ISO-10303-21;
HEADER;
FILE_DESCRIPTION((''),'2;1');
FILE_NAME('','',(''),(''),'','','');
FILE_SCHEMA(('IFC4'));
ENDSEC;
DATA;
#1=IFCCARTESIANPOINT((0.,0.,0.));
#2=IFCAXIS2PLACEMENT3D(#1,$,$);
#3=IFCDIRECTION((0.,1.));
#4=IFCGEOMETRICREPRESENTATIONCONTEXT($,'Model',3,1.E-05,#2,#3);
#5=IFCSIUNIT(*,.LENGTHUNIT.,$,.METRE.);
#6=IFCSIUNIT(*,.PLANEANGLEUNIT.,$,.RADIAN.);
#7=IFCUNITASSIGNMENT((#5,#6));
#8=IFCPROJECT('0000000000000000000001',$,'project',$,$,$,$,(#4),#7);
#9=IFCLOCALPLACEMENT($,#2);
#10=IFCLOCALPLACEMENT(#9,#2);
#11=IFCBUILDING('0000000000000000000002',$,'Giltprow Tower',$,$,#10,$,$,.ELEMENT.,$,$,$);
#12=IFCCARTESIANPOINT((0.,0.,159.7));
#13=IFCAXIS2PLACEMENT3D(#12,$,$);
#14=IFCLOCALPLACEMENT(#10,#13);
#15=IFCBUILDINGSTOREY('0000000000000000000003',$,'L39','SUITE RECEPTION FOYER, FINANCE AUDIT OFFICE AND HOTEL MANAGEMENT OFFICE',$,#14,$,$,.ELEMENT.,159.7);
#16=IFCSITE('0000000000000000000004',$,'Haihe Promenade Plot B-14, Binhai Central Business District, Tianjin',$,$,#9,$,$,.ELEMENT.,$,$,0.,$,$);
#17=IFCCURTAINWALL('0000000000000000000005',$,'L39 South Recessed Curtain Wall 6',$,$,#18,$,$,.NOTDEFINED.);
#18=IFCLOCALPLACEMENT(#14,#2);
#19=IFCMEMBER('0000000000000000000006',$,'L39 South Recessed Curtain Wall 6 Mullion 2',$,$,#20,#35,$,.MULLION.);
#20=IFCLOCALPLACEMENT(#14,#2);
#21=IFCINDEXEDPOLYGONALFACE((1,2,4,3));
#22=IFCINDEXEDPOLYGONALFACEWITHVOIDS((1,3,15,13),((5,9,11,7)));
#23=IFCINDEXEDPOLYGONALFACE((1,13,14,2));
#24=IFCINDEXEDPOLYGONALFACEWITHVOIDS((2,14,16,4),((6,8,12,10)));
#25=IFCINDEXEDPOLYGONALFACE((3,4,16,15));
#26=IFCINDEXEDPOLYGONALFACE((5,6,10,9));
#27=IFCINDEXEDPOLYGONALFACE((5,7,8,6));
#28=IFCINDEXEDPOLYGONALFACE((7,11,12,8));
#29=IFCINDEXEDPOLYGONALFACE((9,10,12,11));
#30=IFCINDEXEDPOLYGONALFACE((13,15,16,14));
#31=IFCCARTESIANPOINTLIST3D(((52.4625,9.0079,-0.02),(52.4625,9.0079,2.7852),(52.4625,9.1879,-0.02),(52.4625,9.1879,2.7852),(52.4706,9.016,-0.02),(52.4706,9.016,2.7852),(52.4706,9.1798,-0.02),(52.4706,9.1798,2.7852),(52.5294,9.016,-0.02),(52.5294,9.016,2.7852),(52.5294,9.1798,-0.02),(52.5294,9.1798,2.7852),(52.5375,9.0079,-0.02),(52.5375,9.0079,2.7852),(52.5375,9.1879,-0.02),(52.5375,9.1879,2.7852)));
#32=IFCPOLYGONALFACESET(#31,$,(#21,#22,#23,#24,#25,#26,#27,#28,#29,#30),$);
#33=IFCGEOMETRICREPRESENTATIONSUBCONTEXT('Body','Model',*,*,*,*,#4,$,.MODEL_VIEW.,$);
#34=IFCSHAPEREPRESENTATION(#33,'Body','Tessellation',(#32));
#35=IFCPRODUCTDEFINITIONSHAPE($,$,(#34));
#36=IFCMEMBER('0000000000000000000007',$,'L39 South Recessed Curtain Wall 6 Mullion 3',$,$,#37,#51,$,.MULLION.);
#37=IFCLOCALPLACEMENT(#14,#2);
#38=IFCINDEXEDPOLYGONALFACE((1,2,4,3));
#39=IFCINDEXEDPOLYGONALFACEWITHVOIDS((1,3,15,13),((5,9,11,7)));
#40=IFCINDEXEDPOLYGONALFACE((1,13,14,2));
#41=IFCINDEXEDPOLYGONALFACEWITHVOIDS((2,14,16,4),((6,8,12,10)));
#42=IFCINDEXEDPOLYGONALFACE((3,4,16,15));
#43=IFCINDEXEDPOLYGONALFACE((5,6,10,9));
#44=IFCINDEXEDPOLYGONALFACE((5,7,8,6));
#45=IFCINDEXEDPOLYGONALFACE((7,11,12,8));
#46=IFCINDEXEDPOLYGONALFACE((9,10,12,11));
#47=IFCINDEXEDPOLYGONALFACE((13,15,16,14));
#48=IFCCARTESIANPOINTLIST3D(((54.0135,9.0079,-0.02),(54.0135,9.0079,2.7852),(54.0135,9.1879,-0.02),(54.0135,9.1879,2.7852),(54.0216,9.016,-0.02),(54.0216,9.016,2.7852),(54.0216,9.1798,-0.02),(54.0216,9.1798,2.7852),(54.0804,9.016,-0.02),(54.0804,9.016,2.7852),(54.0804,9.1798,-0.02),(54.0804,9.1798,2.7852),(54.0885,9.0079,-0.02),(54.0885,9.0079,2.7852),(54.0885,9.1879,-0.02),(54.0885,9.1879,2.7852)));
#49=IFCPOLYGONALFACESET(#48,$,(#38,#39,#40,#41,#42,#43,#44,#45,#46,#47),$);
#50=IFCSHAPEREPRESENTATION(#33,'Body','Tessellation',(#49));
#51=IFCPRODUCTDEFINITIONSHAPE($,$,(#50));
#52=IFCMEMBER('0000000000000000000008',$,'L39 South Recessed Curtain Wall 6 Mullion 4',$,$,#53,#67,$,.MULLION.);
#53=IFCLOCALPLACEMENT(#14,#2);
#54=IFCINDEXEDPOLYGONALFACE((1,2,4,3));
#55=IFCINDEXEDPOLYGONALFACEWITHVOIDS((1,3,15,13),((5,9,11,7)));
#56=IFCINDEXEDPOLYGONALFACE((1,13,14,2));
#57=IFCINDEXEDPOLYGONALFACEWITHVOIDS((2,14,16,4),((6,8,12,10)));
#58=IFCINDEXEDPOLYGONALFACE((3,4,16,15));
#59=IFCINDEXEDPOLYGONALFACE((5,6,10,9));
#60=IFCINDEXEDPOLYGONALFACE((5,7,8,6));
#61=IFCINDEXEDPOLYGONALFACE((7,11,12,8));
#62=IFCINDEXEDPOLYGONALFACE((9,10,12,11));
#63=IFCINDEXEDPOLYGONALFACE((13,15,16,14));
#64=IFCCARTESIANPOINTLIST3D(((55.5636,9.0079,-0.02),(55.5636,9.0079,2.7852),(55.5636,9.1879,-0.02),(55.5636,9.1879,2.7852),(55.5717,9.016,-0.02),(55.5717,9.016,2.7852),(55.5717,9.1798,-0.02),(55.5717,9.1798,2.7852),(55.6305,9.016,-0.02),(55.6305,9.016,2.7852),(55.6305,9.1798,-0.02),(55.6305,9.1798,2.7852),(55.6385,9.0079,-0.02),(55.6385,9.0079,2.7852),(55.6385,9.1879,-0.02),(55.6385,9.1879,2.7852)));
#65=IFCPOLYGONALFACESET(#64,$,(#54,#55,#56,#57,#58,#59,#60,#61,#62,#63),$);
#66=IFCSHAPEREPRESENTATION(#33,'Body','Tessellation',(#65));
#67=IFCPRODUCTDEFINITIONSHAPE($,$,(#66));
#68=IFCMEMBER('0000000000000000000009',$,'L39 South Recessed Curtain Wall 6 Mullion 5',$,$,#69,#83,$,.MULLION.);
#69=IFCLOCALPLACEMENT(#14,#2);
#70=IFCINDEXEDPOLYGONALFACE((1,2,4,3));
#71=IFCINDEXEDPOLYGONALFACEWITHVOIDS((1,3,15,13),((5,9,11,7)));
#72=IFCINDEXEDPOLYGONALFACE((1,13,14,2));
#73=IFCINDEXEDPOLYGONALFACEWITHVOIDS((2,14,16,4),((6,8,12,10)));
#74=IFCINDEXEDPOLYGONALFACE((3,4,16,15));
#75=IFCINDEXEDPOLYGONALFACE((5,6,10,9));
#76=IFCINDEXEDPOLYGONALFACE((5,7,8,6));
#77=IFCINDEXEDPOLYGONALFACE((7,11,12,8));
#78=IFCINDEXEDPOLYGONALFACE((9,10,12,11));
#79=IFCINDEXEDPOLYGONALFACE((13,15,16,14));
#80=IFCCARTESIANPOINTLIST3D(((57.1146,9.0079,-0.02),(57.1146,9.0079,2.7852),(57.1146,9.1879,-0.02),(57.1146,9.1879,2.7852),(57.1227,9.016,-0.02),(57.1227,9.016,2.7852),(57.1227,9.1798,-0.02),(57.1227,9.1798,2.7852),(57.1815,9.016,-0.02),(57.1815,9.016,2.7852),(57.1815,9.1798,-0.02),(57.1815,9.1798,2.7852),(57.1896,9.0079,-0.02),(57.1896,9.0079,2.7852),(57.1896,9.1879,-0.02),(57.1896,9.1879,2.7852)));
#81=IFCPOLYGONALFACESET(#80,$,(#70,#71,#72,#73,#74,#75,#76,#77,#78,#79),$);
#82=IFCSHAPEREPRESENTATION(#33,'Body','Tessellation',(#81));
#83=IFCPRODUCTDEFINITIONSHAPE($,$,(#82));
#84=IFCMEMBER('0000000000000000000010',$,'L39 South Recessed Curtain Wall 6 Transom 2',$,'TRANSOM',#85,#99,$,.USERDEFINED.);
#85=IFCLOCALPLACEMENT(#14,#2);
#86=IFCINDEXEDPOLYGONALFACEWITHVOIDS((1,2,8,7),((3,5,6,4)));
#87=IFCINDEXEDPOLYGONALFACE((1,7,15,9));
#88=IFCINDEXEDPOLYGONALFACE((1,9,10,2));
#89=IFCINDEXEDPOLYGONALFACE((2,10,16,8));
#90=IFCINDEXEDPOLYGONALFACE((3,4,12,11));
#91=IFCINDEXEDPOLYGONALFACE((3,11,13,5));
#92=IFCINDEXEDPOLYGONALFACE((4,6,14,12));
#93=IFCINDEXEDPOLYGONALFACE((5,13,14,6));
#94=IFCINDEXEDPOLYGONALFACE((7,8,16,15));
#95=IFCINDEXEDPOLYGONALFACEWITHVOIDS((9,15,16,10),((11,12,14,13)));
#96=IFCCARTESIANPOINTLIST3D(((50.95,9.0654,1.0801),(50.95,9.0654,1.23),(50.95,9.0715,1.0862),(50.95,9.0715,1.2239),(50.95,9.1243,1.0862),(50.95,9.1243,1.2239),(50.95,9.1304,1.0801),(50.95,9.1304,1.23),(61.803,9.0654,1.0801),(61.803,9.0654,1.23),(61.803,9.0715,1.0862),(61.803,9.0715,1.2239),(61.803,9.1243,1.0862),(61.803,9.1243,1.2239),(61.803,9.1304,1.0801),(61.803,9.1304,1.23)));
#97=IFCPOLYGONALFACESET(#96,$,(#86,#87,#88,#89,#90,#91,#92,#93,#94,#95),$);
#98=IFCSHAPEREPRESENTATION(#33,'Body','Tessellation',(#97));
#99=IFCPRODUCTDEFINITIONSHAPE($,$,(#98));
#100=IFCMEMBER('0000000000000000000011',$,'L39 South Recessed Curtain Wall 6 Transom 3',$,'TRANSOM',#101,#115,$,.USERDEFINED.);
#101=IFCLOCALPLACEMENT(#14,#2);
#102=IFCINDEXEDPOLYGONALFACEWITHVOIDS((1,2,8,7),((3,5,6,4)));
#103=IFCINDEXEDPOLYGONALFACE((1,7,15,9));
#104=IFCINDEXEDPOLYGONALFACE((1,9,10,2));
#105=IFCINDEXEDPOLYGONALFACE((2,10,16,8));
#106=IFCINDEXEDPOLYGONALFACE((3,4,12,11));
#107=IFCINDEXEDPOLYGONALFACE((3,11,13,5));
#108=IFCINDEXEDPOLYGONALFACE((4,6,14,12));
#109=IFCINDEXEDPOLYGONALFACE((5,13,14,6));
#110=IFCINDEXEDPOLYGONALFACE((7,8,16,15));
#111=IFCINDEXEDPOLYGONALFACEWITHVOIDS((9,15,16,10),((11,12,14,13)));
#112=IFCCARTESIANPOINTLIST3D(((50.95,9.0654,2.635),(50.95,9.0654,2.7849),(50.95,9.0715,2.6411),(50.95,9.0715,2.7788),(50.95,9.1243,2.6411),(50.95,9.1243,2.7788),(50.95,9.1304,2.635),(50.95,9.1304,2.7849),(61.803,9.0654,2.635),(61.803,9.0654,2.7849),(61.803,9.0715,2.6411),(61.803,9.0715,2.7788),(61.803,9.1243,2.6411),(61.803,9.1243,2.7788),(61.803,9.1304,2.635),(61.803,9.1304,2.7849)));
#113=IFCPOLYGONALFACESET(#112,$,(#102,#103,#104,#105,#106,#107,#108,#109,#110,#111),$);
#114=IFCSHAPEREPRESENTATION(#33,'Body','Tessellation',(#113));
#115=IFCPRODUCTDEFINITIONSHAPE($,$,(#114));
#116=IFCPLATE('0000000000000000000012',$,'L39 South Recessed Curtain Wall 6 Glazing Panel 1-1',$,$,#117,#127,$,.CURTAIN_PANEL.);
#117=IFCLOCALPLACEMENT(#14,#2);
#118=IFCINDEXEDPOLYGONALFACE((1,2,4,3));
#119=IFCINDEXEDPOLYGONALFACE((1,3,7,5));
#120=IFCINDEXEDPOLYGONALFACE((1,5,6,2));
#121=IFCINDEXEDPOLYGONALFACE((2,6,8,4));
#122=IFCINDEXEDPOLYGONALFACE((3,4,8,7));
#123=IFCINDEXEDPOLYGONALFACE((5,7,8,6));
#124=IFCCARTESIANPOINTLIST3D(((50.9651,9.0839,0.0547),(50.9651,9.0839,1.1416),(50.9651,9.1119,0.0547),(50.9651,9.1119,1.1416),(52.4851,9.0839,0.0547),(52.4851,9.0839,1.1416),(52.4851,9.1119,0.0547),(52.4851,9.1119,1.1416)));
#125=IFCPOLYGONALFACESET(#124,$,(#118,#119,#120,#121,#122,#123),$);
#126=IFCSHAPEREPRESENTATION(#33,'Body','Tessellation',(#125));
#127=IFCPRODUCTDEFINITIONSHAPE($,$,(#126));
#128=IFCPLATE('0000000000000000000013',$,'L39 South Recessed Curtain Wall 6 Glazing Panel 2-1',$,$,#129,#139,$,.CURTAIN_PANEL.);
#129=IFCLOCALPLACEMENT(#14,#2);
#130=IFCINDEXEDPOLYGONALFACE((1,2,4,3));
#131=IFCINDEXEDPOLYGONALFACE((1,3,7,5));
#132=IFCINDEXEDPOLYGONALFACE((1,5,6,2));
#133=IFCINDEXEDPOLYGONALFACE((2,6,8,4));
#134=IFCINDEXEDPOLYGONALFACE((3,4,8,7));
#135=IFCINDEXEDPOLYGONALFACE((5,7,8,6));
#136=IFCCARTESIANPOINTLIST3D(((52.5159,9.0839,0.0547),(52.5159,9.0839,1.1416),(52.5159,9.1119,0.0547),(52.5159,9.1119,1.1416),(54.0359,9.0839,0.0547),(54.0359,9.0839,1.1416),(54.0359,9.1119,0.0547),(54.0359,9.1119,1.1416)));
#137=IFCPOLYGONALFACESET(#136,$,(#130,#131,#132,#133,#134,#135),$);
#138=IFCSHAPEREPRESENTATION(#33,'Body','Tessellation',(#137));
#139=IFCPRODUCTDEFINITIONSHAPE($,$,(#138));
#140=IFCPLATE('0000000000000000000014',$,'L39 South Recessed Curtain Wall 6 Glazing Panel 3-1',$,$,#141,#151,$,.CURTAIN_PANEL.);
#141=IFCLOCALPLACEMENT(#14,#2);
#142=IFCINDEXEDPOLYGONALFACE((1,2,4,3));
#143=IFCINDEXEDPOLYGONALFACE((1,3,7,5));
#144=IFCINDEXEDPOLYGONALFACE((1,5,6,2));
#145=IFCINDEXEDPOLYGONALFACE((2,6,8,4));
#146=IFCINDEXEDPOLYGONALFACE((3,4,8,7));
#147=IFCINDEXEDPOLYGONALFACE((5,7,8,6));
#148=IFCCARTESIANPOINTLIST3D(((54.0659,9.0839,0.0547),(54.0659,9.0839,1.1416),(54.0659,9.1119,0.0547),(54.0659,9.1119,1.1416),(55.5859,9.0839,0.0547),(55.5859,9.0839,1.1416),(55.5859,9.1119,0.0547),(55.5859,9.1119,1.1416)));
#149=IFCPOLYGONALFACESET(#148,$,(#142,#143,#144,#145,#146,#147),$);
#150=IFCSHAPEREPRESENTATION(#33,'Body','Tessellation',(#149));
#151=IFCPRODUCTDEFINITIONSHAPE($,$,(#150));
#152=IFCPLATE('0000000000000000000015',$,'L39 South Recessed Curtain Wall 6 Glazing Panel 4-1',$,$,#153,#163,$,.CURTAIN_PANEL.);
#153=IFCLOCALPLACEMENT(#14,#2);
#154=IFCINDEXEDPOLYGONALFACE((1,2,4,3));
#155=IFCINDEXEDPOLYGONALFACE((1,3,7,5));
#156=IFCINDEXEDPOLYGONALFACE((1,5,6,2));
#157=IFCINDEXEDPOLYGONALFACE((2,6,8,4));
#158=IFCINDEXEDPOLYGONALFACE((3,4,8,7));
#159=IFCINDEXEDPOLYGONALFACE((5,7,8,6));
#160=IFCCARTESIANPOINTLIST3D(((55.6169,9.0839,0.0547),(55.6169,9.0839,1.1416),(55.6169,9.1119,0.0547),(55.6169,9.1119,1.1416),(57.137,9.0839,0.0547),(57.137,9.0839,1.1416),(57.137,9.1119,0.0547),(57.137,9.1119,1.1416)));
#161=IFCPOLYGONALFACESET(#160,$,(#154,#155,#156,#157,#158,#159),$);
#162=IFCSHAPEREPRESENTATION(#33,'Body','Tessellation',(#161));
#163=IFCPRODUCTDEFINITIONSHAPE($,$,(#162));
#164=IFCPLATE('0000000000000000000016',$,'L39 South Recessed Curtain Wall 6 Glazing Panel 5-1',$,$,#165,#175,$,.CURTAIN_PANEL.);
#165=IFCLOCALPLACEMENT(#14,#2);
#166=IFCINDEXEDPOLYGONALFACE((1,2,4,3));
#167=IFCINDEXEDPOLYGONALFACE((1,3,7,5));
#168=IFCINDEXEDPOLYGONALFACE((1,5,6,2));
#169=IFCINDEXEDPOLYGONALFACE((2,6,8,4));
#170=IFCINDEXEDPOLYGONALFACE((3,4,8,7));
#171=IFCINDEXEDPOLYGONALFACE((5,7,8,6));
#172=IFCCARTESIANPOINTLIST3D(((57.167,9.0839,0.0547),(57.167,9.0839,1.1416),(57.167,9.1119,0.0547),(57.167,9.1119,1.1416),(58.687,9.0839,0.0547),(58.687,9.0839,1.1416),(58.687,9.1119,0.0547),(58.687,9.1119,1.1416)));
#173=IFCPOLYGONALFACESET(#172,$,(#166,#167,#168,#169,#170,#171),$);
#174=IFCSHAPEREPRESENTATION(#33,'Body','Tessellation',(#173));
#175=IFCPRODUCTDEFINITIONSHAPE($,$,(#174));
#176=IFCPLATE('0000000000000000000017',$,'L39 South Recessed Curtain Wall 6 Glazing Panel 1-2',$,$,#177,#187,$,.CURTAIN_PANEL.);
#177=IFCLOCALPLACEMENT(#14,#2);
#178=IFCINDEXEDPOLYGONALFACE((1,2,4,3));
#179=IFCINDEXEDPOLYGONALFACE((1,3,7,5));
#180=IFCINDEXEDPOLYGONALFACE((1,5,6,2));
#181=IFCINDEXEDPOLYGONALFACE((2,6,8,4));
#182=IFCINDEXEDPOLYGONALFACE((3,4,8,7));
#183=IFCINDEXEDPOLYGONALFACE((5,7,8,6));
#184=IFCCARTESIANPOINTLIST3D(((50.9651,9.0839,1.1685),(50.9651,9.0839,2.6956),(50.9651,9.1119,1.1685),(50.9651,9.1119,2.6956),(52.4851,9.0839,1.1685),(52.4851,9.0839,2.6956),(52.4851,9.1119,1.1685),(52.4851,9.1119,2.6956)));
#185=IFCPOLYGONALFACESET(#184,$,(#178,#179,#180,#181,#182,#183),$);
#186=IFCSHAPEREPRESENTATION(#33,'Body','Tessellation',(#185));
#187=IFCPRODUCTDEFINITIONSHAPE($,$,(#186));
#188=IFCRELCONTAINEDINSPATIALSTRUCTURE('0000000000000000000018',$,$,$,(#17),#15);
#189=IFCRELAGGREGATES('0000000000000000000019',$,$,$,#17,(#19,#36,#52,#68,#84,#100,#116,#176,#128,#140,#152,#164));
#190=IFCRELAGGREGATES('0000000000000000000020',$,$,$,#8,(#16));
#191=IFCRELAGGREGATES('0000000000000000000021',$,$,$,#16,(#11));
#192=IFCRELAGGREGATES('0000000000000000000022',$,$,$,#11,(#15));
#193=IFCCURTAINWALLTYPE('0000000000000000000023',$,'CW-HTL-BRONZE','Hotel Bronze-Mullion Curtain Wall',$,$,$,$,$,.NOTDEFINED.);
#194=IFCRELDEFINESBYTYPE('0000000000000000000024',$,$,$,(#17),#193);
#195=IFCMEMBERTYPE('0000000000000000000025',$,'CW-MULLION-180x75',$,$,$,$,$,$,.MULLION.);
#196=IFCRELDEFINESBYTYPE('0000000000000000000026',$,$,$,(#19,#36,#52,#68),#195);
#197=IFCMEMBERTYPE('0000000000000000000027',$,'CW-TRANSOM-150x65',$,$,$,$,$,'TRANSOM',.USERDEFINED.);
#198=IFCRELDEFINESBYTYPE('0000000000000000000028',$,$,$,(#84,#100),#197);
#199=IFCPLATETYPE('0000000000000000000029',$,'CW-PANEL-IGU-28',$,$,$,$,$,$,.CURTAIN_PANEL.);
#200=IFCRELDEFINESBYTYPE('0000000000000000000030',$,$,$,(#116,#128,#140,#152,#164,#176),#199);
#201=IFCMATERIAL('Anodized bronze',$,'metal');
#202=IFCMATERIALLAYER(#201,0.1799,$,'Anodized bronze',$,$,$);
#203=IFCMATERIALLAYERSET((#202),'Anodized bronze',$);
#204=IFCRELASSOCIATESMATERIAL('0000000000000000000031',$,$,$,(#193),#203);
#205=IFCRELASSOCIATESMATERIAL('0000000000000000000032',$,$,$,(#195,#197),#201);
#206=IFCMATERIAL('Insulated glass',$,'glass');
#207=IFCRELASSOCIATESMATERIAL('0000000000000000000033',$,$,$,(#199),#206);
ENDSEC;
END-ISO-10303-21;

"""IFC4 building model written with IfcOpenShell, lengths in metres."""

from ifc_helpers import new_model, si_unit, direction, frame, origin, origin_2d, place, context, subcontext, project, spatial, rectangle, hollow_rectangle, extrude, source, transform, mapped, material, layer, layer_set, material_profile, profile_set, type_object, element, aggregate, save


model = new_model("IFC4")

# Units and contexts
model_context = context("Model", 3, precision=1e-05, world=origin(), true_north=direction((0.0, 1.0)))
body_context = subcontext(model_context, "Body", "Model", "MODEL_VIEW")
ifc_project = project(units=[si_unit("LENGTHUNIT", "METRE"), si_unit("PLANEANGLEUNIT", "RADIAN")], contexts=[model_context])

# Site, building, storey
site_placement = place(None, origin())
site = spatial("IfcSite", under=ifc_project, at=site_placement, Name="Haihe Promenade Plot B-14, Binhai Central Business District, Tianjin", CompositionType="ELEMENT", RefElevation=0.0)
building_placement = place(site_placement, origin())
building = spatial("IfcBuilding", under=site, at=building_placement, Name="Giltprow Tower", CompositionType="ELEMENT")
storey_placement = place(building_placement, frame((0.0, 0.0, 159.7)))
storey = spatial("IfcBuildingStorey", under=building, at=storey_placement, Name="L39", Description="SUITE RECEPTION FOYER, FINANCE AUDIT OFFICE AND HOTEL MANAGEMENT OFFICE", CompositionType="ELEMENT", Elevation=159.7)

# Curtain wall, members, plates
ifc_material_1 = material(Name="Anodized bronze", Category="metal")
ifc_layer = layer(ifc_material_1, 0.1799, Name="Anodized bronze")
ifc_layer_set = layer_set([ifc_layer], Name="Anodized bronze")
curtain_wall_type = type_object("IfcCurtainWallType", Name="CW-HTL-BRONZE", Description="Hotel Bronze-Mullion Curtain Wall", PredefinedType="NOTDEFINED", material=ifc_layer_set)
curtain_wall_placement = place(storey_placement, origin())
curtain_wall = element("IfcCurtainWall", 1, at=curtain_wall_placement, inside=storey, type_object=curtain_wall_type, Name="L39 South Recessed Curtain Wall 6", PredefinedType="NOTDEFINED")
ifc_material_profile_1 = material_profile(ifc_material_1, hollow_rectangle(XDim=0.075, YDim=0.1799, WallThickness=0.0081, at=origin_2d()), Name="RHS 180x75x8")
ifc_profile_set_1 = profile_set([ifc_material_profile_1], Name="Anodized bronze")
member_type_1 = type_object("IfcMemberType", Name="CW-MULLION-180x75", PredefinedType="MULLION", material=ifc_profile_set_1)
shared_shape_1 = source(origin(), body_context, "Body", "SweptSolid", [
    extrude(hollow_rectangle(XDim=0.075, YDim=0.1799, WallThickness=0.0081, at=origin_2d()), origin(), (0.0, 0.0, 1.0), 2.8052),
])
member_1_placement = place(storey_placement, frame((52.5, 9.0979, -0.02), z_axis=(0.0, 0.0, 1.0), x_axis=(1.0, 0.0, 0.0)))
member_1 = element("IfcMember", 2, at=member_1_placement, type_object=member_type_1, Name="L39 South Recessed Curtain Wall 6 Mullion 2", PredefinedType="MULLION", context=body_context, shape_type="MappedRepresentation", body=[
    mapped(shared_shape_1, transform((0.0, 0.0, 0.0), x_axis=(1.0, 0.0, 0.0), y_axis=(0.0, 1.0, 0.0), z_axis=(0.0, 0.0, 1.0), scale=1.0)),
])
member_2_placement = place(storey_placement, frame((54.051, 9.0979, -0.02), z_axis=(0.0, 0.0, 1.0), x_axis=(1.0, 0.0, 0.0)))
member_2 = element("IfcMember", 3, at=member_2_placement, type_object=member_type_1, Name="L39 South Recessed Curtain Wall 6 Mullion 3", PredefinedType="MULLION", context=body_context, shape_type="MappedRepresentation", body=[
    mapped(shared_shape_1, transform((0.0, 0.0, 0.0), x_axis=(1.0, 0.0, 0.0), y_axis=(0.0, 1.0, 0.0), z_axis=(0.0, 0.0, 1.0), scale=1.0)),
])
member_3_placement = place(storey_placement, frame((55.6011, 9.0979, -0.02), z_axis=(0.0, 0.0, 1.0), x_axis=(1.0, 0.0, 0.0)))
member_3 = element("IfcMember", 4, at=member_3_placement, type_object=member_type_1, Name="L39 South Recessed Curtain Wall 6 Mullion 4", PredefinedType="MULLION", context=body_context, shape_type="MappedRepresentation", body=[
    mapped(shared_shape_1, transform((0.0, 0.0, 0.0), x_axis=(1.0, 0.0, 0.0), y_axis=(0.0, 1.0, 0.0), z_axis=(0.0, 0.0, 1.0), scale=1.0)),
])
member_4_placement = place(storey_placement, frame((57.1521, 9.0979, -0.02), z_axis=(0.0, 0.0, 1.0), x_axis=(1.0, 0.0, 0.0)))
member_4 = element("IfcMember", 5, at=member_4_placement, type_object=member_type_1, Name="L39 South Recessed Curtain Wall 6 Mullion 5", PredefinedType="MULLION", context=body_context, shape_type="MappedRepresentation", body=[
    mapped(shared_shape_1, transform((0.0, 0.0, 0.0), x_axis=(1.0, 0.0, 0.0), y_axis=(0.0, 1.0, 0.0), z_axis=(0.0, 0.0, 1.0), scale=1.0)),
])
ifc_material_profile_2 = material_profile(ifc_material_1, hollow_rectangle(XDim=0.0649, YDim=0.1499, WallThickness=0.0061, at=origin_2d()), Name="RHS 150x65x6")
ifc_profile_set_2 = profile_set([ifc_material_profile_2], Name="Anodized bronze")
member_type_2 = type_object("IfcMemberType", Name="CW-TRANSOM-150x65", ElementType="TRANSOM", PredefinedType="USERDEFINED", material=ifc_profile_set_2)
shared_shape_2 = source(origin(), body_context, "Body", "SweptSolid", [
    extrude(hollow_rectangle(XDim=0.0649, YDim=0.1499, WallThickness=0.0061, at=origin_2d()), origin(), (0.0, 0.0, 1.0), 10.853),
])
member_5_placement = place(storey_placement, frame((50.95, 9.0979, 1.155), z_axis=(1.0, 0.0, 0.0), x_axis=(0.0, 1.0, 0.0)))
member_5 = element("IfcMember", 6, at=member_5_placement, type_object=member_type_2, Name="L39 South Recessed Curtain Wall 6 Transom 2", ObjectType="TRANSOM", PredefinedType="USERDEFINED", context=body_context, shape_type="MappedRepresentation", body=[
    mapped(shared_shape_2, transform((0.0, 0.0, 0.0), x_axis=(1.0, 0.0, 0.0), y_axis=(0.0, 1.0, 0.0), z_axis=(0.0, 0.0, 1.0), scale=1.0)),
])
member_6_placement = place(storey_placement, frame((50.95, 9.0979, 2.71), z_axis=(1.0, 0.0, 0.0), x_axis=(0.0, 1.0, 0.0)))
member_6 = element("IfcMember", 7, at=member_6_placement, type_object=member_type_2, Name="L39 South Recessed Curtain Wall 6 Transom 3", ObjectType="TRANSOM", PredefinedType="USERDEFINED", context=body_context, shape_type="MappedRepresentation", body=[
    mapped(shared_shape_2, transform((0.0, 0.0, 0.0), x_axis=(1.0, 0.0, 0.0), y_axis=(0.0, 1.0, 0.0), z_axis=(0.0, 0.0, 1.0), scale=1.0)),
])
ifc_material_2 = material(Name="Insulated glass", Category="glass")
plate_type = type_object("IfcPlateType", Name="CW-PANEL-IGU-28", PredefinedType="CURTAIN_PANEL", material=ifc_material_2)
shared_shape_3 = source(origin(), body_context, "Body", "SweptSolid", [
    extrude(rectangle(XDim=1.52, YDim=0.0281, at=origin_2d()), origin(), (0.0, 0.0, 1.0), 1.0869),
])
plate_1_placement = place(storey_placement, frame((51.7251, 9.0979, 0.0547), z_axis=(0.0, 0.0, 1.0), x_axis=(1.0, 0.0, 0.0)))
plate_1 = element("IfcPlate", 8, at=plate_1_placement, type_object=plate_type, Name="L39 South Recessed Curtain Wall 6 Glazing Panel 1-1", PredefinedType="CURTAIN_PANEL", context=body_context, shape_type="MappedRepresentation", body=[
    mapped(shared_shape_3, transform((0.0, 0.0, 0.0), x_axis=(1.0, 0.0, 0.0), y_axis=(0.0, 1.0, 0.0), z_axis=(0.0, 0.0, 1.0), scale=1.0)),
])
plate_2_placement = place(storey_placement, frame((53.2759, 9.0979, 0.0547), z_axis=(0.0, 0.0, 1.0), x_axis=(1.0, 0.0, 0.0)))
plate_2 = element("IfcPlate", 9, at=plate_2_placement, type_object=plate_type, Name="L39 South Recessed Curtain Wall 6 Glazing Panel 2-1", PredefinedType="CURTAIN_PANEL", context=body_context, shape_type="MappedRepresentation", body=[
    mapped(shared_shape_3, transform((0.0, 0.0, 0.0), x_axis=(1.0, 0.0, 0.0), y_axis=(0.0, 1.0, 0.0), z_axis=(0.0, 0.0, 1.0), scale=1.0)),
])
plate_3_placement = place(storey_placement, frame((54.8259, 9.0979, 0.0547), z_axis=(0.0, 0.0, 1.0), x_axis=(1.0, 0.0, 0.0)))
plate_3 = element("IfcPlate", 10, at=plate_3_placement, type_object=plate_type, Name="L39 South Recessed Curtain Wall 6 Glazing Panel 3-1", PredefinedType="CURTAIN_PANEL", context=body_context, shape_type="MappedRepresentation", body=[
    mapped(shared_shape_3, transform((0.0, 0.0, 0.0), x_axis=(1.0, 0.0, 0.0), y_axis=(0.0, 1.0, 0.0), z_axis=(0.0, 0.0, 1.0), scale=1.0)),
])
plate_4_placement = place(storey_placement, frame((56.377, 9.0979, 0.0547), z_axis=(0.0, 0.0, 1.0), x_axis=(1.0, 0.0, 0.0)))
plate_4 = element("IfcPlate", 11, at=plate_4_placement, type_object=plate_type, Name="L39 South Recessed Curtain Wall 6 Glazing Panel 4-1", PredefinedType="CURTAIN_PANEL", context=body_context, shape_type="MappedRepresentation", body=[
    mapped(shared_shape_3, transform((0.0, 0.0, 0.0), x_axis=(1.0, 0.0, 0.0), y_axis=(0.0, 1.0, 0.0), z_axis=(0.0, 0.0, 1.0), scale=1.0)),
])
plate_5_placement = place(storey_placement, frame((57.927, 9.0979, 0.0547), z_axis=(0.0, 0.0, 1.0), x_axis=(1.0, 0.0, 0.0)))
plate_5 = element("IfcPlate", 12, at=plate_5_placement, type_object=plate_type, Name="L39 South Recessed Curtain Wall 6 Glazing Panel 5-1", PredefinedType="CURTAIN_PANEL", context=body_context, shape_type="MappedRepresentation", body=[
    mapped(shared_shape_3, transform((0.0, 0.0, 0.0), x_axis=(1.0, 0.0, 0.0), y_axis=(0.0, 1.0, 0.0), z_axis=(0.0, 0.0, 1.0), scale=1.0)),
])
shared_shape_4 = source(origin(), body_context, "Body", "SweptSolid", [
    extrude(rectangle(XDim=1.52, YDim=0.0281, at=origin_2d()), origin(), (0.0, 0.0, 1.0), 1.5271),
])
plate_6_placement = place(storey_placement, frame((51.7251, 9.0979, 1.1685), z_axis=(0.0, 0.0, 1.0), x_axis=(1.0, 0.0, 0.0)))
plate_6 = element("IfcPlate", 13, at=plate_6_placement, type_object=plate_type, Name="L39 South Recessed Curtain Wall 6 Glazing Panel 1-2", PredefinedType="CURTAIN_PANEL", context=body_context, shape_type="MappedRepresentation", body=[
    mapped(shared_shape_4, transform((0.0, 0.0, 0.0), x_axis=(1.0, 0.0, 0.0), y_axis=(0.0, 1.0, 0.0), z_axis=(0.0, 0.0, 1.0), scale=1.0)),
])
aggregate(curtain_wall, [member_1, member_2, member_3, member_4, member_5, member_6, plate_1, plate_6, plate_2, plate_3, plate_4, plate_5])

save(model, "model.ifc")
